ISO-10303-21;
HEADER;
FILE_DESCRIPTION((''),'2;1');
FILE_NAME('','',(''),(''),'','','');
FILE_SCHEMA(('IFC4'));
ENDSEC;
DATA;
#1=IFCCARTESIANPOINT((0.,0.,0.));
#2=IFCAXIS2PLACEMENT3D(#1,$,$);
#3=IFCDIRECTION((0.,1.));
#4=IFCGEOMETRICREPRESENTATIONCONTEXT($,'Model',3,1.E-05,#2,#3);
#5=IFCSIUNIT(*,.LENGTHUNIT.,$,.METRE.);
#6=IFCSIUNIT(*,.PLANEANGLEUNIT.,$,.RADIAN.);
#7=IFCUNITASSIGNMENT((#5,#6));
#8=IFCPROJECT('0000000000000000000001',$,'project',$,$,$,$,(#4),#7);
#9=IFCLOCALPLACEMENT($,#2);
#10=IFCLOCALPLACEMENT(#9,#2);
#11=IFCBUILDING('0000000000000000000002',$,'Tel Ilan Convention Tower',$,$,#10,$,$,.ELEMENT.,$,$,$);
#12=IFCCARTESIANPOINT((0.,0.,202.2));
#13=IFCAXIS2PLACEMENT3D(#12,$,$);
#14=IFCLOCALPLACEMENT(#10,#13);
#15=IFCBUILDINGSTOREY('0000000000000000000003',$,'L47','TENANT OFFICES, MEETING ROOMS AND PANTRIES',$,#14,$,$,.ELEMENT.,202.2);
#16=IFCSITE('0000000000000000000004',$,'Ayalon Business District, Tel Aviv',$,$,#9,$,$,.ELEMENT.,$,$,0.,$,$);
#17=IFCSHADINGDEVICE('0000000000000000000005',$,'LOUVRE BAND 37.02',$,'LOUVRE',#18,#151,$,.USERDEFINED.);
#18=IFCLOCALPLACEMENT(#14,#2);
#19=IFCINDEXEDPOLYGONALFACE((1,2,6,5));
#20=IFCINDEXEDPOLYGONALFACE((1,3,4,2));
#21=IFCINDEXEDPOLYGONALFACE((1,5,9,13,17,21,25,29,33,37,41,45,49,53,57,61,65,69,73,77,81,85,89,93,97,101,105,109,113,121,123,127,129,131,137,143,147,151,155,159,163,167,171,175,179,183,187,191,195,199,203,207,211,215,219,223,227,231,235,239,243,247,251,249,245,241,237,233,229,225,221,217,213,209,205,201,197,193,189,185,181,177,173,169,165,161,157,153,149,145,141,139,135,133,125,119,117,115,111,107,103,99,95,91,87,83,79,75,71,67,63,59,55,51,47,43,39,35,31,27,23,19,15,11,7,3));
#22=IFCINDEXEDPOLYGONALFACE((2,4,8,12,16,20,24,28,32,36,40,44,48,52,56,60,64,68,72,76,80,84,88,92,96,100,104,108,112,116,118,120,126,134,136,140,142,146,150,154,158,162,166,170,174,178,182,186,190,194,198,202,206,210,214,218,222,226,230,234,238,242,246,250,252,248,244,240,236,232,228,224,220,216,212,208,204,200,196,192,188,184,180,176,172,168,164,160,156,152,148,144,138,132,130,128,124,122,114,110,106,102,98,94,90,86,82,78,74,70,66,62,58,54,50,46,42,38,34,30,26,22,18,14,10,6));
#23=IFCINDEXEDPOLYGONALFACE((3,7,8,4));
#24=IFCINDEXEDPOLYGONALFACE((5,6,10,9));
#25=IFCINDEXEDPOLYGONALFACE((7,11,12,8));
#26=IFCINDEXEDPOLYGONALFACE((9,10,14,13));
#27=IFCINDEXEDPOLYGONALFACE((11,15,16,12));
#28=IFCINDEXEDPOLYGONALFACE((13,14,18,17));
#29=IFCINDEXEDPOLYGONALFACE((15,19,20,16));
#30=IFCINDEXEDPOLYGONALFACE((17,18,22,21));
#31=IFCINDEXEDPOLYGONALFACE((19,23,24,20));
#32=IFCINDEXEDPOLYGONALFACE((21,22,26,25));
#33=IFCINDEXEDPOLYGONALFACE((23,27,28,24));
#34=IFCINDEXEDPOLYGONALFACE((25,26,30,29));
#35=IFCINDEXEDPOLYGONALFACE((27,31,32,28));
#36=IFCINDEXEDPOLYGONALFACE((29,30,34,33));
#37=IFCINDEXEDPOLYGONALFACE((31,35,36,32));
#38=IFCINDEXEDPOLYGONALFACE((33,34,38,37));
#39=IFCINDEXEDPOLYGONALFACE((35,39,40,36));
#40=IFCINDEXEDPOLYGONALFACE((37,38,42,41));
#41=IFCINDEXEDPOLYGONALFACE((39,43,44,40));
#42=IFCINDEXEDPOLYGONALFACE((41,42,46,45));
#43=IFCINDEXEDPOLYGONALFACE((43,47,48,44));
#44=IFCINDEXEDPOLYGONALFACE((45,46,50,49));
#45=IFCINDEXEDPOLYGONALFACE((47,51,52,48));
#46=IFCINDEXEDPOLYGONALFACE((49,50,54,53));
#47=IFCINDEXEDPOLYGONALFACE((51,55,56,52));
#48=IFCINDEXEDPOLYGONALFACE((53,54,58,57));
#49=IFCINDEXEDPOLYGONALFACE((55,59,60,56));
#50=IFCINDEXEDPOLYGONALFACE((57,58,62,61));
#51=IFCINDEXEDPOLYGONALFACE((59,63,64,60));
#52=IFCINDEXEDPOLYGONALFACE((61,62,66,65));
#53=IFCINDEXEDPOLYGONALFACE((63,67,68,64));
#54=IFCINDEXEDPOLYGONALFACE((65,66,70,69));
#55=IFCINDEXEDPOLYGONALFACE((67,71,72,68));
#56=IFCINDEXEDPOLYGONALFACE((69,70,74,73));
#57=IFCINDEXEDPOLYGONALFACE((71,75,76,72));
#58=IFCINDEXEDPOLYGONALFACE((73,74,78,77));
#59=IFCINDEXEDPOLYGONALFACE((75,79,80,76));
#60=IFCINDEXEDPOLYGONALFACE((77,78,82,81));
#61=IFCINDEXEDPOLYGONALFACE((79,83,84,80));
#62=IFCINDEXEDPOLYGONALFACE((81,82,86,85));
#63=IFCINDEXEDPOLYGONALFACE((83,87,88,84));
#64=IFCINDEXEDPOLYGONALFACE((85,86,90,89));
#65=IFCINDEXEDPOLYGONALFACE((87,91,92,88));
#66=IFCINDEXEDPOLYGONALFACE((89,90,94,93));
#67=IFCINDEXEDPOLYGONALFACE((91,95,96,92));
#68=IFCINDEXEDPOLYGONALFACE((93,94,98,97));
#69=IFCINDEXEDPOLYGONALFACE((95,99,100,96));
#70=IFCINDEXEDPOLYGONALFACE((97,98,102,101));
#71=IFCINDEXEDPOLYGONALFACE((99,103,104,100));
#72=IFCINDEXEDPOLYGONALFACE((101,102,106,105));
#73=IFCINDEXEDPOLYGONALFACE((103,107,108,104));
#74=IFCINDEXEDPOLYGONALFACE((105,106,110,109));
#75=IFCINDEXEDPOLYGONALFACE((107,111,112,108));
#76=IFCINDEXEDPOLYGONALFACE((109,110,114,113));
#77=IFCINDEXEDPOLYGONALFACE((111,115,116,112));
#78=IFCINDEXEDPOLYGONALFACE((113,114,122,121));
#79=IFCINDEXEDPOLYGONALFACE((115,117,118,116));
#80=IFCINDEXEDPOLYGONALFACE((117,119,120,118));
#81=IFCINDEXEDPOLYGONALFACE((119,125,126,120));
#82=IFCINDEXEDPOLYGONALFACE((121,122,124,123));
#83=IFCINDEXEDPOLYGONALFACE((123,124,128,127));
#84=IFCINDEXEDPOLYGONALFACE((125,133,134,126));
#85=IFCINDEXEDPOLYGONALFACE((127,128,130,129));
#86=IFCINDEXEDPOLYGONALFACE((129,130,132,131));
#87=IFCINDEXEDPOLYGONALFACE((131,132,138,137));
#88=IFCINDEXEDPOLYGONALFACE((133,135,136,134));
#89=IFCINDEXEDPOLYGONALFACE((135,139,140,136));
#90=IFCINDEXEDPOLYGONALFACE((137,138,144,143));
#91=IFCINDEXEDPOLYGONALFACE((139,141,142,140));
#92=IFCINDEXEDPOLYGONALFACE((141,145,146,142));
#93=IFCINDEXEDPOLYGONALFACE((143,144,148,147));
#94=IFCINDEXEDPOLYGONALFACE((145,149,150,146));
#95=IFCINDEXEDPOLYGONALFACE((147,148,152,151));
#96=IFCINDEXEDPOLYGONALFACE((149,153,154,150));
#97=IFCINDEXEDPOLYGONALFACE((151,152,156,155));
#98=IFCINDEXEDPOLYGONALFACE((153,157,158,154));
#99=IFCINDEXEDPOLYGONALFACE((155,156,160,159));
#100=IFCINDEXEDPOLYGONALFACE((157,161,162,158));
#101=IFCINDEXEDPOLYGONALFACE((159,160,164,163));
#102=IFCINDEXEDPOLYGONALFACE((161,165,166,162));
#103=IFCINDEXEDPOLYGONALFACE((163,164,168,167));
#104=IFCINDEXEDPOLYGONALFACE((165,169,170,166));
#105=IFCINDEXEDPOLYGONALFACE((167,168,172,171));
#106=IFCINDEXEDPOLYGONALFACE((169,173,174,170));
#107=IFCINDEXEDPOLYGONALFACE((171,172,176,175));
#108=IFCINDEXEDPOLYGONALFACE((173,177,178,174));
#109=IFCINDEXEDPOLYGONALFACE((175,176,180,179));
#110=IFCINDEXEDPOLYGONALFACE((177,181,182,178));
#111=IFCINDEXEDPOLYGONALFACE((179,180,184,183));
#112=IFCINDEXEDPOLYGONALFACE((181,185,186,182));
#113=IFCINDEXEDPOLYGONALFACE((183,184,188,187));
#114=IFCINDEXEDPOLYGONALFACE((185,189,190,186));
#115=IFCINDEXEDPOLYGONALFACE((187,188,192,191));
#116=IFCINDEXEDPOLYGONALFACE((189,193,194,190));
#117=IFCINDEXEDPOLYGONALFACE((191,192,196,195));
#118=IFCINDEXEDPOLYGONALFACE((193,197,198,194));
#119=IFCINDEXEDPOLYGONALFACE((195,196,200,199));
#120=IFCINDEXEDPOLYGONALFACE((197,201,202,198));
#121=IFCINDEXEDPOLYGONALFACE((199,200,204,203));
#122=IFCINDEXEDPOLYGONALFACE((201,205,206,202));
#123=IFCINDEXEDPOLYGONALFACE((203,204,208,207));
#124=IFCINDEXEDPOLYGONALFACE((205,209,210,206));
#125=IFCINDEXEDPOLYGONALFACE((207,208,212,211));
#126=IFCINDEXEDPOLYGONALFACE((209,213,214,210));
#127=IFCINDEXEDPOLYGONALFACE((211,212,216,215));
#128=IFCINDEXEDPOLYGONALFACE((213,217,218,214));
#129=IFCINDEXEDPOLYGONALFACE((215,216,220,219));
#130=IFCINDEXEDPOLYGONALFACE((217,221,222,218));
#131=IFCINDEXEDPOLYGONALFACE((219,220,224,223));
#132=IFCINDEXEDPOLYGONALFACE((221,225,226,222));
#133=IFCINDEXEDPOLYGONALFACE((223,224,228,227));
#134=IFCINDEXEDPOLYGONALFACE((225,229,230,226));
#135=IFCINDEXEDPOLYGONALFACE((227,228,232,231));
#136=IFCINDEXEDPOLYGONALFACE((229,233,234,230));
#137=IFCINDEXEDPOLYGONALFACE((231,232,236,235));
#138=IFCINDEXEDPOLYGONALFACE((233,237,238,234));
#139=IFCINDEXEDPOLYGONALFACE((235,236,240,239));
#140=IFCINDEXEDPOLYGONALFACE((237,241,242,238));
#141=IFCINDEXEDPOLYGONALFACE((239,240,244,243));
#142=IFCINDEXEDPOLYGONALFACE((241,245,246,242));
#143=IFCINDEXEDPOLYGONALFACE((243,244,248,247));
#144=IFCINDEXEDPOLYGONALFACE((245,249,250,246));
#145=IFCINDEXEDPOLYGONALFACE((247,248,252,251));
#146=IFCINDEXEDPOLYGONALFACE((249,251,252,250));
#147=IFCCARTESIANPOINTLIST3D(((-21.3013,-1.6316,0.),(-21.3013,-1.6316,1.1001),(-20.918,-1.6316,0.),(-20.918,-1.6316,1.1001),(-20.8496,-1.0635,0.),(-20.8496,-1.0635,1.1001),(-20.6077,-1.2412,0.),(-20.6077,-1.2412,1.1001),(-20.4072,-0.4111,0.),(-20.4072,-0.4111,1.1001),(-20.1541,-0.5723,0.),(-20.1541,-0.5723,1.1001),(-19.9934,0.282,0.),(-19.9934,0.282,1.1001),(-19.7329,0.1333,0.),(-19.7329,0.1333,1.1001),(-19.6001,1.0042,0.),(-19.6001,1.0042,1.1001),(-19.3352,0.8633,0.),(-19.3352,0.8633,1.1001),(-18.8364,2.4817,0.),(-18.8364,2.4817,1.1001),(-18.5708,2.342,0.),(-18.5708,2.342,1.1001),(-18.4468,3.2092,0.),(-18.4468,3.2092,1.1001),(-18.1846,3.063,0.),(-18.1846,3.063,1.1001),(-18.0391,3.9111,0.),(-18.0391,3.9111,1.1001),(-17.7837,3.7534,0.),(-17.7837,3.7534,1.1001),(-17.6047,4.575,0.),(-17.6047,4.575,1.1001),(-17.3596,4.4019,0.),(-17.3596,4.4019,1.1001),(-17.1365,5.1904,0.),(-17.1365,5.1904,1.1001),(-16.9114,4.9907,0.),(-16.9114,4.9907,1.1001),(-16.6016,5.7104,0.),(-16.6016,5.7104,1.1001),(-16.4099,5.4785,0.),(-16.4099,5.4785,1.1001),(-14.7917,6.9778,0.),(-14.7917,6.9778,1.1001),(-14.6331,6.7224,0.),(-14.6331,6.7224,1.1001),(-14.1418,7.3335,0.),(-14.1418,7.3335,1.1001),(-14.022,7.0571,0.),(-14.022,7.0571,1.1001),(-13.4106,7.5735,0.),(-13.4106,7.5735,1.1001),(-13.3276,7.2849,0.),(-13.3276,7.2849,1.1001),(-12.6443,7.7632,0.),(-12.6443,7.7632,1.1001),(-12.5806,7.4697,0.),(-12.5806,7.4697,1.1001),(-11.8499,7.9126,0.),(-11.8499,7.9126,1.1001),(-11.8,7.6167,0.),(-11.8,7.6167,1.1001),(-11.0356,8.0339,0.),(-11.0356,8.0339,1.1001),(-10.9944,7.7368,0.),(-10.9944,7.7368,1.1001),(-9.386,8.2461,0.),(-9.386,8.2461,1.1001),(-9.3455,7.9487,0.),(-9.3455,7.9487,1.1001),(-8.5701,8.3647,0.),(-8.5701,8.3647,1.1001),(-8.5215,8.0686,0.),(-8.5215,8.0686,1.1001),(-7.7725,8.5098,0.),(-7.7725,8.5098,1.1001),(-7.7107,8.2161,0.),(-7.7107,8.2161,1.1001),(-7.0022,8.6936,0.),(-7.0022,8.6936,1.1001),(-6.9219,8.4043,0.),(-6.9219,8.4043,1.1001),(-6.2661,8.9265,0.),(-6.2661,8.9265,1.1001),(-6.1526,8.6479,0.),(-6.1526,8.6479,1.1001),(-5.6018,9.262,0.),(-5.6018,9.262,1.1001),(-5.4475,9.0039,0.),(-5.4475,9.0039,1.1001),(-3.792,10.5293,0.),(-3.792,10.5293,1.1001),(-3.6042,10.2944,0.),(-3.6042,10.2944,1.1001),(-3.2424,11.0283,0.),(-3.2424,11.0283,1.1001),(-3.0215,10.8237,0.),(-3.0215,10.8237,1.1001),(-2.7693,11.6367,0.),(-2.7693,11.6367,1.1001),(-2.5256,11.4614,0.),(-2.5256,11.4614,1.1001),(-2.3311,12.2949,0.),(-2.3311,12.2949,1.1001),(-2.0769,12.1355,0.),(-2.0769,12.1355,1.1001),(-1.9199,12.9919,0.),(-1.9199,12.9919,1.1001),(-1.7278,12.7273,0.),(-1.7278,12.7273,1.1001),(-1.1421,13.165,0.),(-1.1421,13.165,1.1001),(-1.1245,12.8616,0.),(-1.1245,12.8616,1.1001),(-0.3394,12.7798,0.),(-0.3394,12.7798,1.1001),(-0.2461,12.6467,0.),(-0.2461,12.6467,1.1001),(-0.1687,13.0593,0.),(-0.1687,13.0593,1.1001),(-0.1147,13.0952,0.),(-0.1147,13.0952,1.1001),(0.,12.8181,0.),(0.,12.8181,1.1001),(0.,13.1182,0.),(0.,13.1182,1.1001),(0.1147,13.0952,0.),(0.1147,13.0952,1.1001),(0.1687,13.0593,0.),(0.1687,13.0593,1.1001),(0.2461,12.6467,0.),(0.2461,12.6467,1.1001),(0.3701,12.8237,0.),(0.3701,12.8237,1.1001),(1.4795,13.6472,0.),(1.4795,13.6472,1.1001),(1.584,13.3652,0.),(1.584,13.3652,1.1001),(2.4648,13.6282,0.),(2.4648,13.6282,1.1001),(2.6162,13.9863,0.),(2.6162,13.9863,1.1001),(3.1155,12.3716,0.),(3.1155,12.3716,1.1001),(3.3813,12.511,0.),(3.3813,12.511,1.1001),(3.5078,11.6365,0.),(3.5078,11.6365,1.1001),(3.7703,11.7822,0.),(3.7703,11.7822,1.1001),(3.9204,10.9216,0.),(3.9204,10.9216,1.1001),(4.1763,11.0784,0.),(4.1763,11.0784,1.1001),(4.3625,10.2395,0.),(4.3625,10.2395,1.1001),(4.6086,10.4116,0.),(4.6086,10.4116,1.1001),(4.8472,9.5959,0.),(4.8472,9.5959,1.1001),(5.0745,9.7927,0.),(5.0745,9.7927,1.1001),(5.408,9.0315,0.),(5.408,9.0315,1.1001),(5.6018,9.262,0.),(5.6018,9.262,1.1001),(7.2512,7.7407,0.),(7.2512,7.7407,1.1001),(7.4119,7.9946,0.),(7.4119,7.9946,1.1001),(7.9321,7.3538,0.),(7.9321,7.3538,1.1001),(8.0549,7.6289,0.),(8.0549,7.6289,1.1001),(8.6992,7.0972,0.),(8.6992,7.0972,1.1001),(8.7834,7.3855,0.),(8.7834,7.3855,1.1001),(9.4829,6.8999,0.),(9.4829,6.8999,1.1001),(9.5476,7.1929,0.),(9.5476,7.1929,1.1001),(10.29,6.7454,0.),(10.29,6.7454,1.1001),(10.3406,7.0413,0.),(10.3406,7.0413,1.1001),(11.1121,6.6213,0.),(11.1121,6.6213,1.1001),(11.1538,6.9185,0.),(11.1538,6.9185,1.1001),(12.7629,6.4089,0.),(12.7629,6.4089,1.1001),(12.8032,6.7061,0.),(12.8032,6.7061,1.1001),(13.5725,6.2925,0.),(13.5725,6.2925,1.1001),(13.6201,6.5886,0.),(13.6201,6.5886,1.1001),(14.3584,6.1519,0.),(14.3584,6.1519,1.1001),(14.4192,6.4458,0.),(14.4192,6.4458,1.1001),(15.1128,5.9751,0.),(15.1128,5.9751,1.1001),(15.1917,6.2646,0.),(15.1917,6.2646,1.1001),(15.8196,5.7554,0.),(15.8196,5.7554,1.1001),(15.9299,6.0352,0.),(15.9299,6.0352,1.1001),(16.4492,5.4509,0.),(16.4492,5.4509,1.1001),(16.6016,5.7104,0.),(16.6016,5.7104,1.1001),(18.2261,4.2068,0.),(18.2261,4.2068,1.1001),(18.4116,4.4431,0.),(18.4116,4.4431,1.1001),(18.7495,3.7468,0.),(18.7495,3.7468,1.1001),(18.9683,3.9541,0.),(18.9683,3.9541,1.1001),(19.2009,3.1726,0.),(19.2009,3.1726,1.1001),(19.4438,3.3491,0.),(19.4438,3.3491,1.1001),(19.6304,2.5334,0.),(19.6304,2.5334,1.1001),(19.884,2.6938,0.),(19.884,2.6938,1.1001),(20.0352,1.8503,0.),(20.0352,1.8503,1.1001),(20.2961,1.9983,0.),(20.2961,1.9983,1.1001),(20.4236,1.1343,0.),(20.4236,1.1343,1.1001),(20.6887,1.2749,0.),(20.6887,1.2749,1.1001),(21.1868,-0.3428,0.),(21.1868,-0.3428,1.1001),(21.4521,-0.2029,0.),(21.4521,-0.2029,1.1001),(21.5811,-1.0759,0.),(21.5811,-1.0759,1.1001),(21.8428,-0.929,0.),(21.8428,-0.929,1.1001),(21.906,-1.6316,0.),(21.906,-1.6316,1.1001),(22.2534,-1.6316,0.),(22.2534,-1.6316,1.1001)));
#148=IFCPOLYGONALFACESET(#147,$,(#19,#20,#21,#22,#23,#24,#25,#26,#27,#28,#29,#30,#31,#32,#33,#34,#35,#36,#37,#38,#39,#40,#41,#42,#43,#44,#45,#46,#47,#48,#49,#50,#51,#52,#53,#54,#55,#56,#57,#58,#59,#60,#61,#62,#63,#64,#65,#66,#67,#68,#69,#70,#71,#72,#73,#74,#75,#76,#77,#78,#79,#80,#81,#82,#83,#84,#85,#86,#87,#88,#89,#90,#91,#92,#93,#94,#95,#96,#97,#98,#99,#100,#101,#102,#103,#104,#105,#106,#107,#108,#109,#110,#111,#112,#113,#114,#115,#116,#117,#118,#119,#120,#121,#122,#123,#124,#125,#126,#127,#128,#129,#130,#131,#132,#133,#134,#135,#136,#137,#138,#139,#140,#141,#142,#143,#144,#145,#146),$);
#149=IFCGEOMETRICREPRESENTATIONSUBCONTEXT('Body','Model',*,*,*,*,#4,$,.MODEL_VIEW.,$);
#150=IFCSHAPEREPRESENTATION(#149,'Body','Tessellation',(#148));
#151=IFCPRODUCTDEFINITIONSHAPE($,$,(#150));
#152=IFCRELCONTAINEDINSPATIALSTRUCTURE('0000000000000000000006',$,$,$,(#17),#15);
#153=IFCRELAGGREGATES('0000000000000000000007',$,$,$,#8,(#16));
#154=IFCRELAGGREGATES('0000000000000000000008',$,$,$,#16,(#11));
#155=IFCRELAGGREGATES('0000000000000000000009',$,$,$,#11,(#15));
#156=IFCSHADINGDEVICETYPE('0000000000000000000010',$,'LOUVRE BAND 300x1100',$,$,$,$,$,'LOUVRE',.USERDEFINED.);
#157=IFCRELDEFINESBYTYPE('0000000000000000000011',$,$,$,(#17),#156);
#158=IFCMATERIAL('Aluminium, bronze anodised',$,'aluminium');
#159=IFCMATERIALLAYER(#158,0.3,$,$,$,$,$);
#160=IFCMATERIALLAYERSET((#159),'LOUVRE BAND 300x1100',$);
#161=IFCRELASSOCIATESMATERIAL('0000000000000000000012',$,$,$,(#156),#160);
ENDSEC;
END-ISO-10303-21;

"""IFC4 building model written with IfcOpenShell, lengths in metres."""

from ifc_helpers import new_model, si_unit, direction, frame, origin, place, context, subcontext, project, spatial, polyline, outline, extrude, material, layer, layer_set, type_object, element, save


model = new_model("IFC4")

# Units and contexts
model_context = context("Model", 3, precision=1e-05, world=origin(), true_north=direction((0.0, 1.0)))
body_context = subcontext(model_context, "Body", "Model", "MODEL_VIEW")
ifc_project = project(units=[si_unit("LENGTHUNIT", "METRE"), si_unit("PLANEANGLEUNIT", "RADIAN")], contexts=[model_context])

# Site, building, storey
site_placement = place(None, origin())
site = spatial("IfcSite", under=ifc_project, at=site_placement, Name="Ayalon Business District, Tel Aviv", CompositionType="ELEMENT", RefElevation=0.0)
building_placement = place(site_placement, origin())
building = spatial("IfcBuilding", under=site, at=building_placement, Name="Tel Ilan Convention Tower", CompositionType="ELEMENT")
storey_placement = place(building_placement, frame((0.0, 0.0, 202.2)))
storey = spatial("IfcBuildingStorey", under=building, at=storey_placement, Name="L47", Description="TENANT OFFICES, MEETING ROOMS AND PANTRIES", CompositionType="ELEMENT", Elevation=202.2)

# Shading device
ifc_material_1 = material(Name="Aluminium, bronze anodised", Category="aluminium")
ifc_layer_1 = layer(ifc_material_1, 0.3)
ifc_layer_set_1 = layer_set([ifc_layer_1], Name="LOUVRE BAND 300x1100")
shading_device_type = type_object("IfcShadingDeviceType", Name="LOUVRE BAND 300x1100", ElementType="LOUVRE", PredefinedType="USERDEFINED", material=ifc_layer_set_1)
shading_device_1_placement = place(storey_placement, origin())
element("IfcShadingDevice", 1, at=shading_device_1_placement, inside=storey, type_object=shading_device_type, Name="LOUVRE BAND 37.02", ObjectType="LOUVRE", PredefinedType="USERDEFINED", context=body_context, shape_type="SweptSolid", body=[
    extrude(outline(polyline([(-1.1421, 13.165), (-1.9199, 12.9919), (-2.3311, 12.2949), (-2.7693, 11.6367), (-3.2424, 11.0283), (-3.792, 10.5293), (-5.6018, 9.262), (-6.2661, 8.9265), (-7.0022, 8.6936), (-7.7725, 8.5098), (-8.5701, 8.3647), (-9.386, 8.2461), (-11.0356, 8.0339), (-11.8499, 7.9126), (-12.6443, 7.7632), (-13.4106, 7.5735), (-14.1418, 7.3335), (-14.7917, 6.9778), (-16.6016, 5.7104), (-17.1365, 5.1904), (-17.6047, 4.575), (-18.0391, 3.9111), (-18.4468, 3.2092), (-18.8364, 2.4817), (-19.6001, 1.0042), (-19.9934, 0.282), (-20.4072, -0.4111), (-20.8496, -1.0635), (-21.3013, -1.6316), (-20.918, -1.6316), (-20.6077, -1.2412), (-20.1541, -0.5723), (-19.7329, 0.1333), (-19.3352, 0.8633), (-18.5708, 2.342), (-18.1846, 3.063), (-17.7837, 3.7534), (-17.3596, 4.4019), (-16.9114, 4.9907), (-16.4099, 5.4785), (-14.6331, 6.7224), (-14.022, 7.0571), (-13.3276, 7.2849), (-12.5806, 7.4697), (-11.8, 7.6167), (-10.9944, 7.7368), (-9.3455, 7.9487), (-8.5215, 8.0686), (-7.7107, 8.2161), (-6.9219, 8.4043), (-6.1526, 8.6479), (-5.4475, 9.0039), (-3.6042, 10.2944), (-3.0215, 10.8237), (-2.5256, 11.4614), (-2.0769, 12.1355), (-1.7278, 12.7273), (-1.1245, 12.8616), (-0.3394, 12.7798), (-0.2461, 12.6467), (0.0, 12.8181), (0.2461, 12.6467), (0.3701, 12.8237), (1.584, 13.3652), (2.4648, 13.6282), (3.1155, 12.3716), (3.5078, 11.6365), (3.9204, 10.9216), (4.3625, 10.2395), (4.8472, 9.5959), (5.408, 9.0315), (7.2512, 7.7407), (7.9321, 7.3538), (8.6992, 7.0972), (9.4829, 6.8999), (10.29, 6.7454), (11.1121, 6.6213), (12.7629, 6.4089), (13.5725, 6.2925), (14.3584, 6.1519), (15.1128, 5.9751), (15.8196, 5.7554), (16.4492, 5.4509), (18.2261, 4.2068), (18.7495, 3.7468), (19.2009, 3.1726), (19.6304, 2.5334), (20.0352, 1.8503), (20.4236, 1.1343), (21.1868, -0.3428), (21.5811, -1.0759), (21.906, -1.6316), (22.2534, -1.6316), (21.8428, -0.929), (21.4521, -0.2029), (20.6887, 1.2749), (20.2961, 1.9983), (19.884, 2.6938), (19.4438, 3.3491), (18.9683, 3.9541), (18.4116, 4.4431), (16.6016, 5.7104), (15.9299, 6.0352), (15.1917, 6.2646), (14.4192, 6.4458), (13.6201, 6.5886), (12.8032, 6.7061), (11.1538, 6.9185), (10.3406, 7.0413), (9.5476, 7.1929), (8.7834, 7.3855), (8.0549, 7.6289), (7.4119, 7.9946), (5.6018, 9.262), (5.0745, 9.7927), (4.6086, 10.4116), (4.1763, 11.0784), (3.7703, 11.7822), (3.3813, 12.511), (2.6162, 13.9863), (1.4795, 13.6472), (0.1687, 13.0593), (0.1147, 13.0952), (0.0, 13.1182), (-0.1147, 13.0952), (-0.1687, 13.0593), (-1.1421, 13.165)])), origin(), (0.0, 0.0, 1.0), 1.1001),
])

save(model, "model.ifc")
